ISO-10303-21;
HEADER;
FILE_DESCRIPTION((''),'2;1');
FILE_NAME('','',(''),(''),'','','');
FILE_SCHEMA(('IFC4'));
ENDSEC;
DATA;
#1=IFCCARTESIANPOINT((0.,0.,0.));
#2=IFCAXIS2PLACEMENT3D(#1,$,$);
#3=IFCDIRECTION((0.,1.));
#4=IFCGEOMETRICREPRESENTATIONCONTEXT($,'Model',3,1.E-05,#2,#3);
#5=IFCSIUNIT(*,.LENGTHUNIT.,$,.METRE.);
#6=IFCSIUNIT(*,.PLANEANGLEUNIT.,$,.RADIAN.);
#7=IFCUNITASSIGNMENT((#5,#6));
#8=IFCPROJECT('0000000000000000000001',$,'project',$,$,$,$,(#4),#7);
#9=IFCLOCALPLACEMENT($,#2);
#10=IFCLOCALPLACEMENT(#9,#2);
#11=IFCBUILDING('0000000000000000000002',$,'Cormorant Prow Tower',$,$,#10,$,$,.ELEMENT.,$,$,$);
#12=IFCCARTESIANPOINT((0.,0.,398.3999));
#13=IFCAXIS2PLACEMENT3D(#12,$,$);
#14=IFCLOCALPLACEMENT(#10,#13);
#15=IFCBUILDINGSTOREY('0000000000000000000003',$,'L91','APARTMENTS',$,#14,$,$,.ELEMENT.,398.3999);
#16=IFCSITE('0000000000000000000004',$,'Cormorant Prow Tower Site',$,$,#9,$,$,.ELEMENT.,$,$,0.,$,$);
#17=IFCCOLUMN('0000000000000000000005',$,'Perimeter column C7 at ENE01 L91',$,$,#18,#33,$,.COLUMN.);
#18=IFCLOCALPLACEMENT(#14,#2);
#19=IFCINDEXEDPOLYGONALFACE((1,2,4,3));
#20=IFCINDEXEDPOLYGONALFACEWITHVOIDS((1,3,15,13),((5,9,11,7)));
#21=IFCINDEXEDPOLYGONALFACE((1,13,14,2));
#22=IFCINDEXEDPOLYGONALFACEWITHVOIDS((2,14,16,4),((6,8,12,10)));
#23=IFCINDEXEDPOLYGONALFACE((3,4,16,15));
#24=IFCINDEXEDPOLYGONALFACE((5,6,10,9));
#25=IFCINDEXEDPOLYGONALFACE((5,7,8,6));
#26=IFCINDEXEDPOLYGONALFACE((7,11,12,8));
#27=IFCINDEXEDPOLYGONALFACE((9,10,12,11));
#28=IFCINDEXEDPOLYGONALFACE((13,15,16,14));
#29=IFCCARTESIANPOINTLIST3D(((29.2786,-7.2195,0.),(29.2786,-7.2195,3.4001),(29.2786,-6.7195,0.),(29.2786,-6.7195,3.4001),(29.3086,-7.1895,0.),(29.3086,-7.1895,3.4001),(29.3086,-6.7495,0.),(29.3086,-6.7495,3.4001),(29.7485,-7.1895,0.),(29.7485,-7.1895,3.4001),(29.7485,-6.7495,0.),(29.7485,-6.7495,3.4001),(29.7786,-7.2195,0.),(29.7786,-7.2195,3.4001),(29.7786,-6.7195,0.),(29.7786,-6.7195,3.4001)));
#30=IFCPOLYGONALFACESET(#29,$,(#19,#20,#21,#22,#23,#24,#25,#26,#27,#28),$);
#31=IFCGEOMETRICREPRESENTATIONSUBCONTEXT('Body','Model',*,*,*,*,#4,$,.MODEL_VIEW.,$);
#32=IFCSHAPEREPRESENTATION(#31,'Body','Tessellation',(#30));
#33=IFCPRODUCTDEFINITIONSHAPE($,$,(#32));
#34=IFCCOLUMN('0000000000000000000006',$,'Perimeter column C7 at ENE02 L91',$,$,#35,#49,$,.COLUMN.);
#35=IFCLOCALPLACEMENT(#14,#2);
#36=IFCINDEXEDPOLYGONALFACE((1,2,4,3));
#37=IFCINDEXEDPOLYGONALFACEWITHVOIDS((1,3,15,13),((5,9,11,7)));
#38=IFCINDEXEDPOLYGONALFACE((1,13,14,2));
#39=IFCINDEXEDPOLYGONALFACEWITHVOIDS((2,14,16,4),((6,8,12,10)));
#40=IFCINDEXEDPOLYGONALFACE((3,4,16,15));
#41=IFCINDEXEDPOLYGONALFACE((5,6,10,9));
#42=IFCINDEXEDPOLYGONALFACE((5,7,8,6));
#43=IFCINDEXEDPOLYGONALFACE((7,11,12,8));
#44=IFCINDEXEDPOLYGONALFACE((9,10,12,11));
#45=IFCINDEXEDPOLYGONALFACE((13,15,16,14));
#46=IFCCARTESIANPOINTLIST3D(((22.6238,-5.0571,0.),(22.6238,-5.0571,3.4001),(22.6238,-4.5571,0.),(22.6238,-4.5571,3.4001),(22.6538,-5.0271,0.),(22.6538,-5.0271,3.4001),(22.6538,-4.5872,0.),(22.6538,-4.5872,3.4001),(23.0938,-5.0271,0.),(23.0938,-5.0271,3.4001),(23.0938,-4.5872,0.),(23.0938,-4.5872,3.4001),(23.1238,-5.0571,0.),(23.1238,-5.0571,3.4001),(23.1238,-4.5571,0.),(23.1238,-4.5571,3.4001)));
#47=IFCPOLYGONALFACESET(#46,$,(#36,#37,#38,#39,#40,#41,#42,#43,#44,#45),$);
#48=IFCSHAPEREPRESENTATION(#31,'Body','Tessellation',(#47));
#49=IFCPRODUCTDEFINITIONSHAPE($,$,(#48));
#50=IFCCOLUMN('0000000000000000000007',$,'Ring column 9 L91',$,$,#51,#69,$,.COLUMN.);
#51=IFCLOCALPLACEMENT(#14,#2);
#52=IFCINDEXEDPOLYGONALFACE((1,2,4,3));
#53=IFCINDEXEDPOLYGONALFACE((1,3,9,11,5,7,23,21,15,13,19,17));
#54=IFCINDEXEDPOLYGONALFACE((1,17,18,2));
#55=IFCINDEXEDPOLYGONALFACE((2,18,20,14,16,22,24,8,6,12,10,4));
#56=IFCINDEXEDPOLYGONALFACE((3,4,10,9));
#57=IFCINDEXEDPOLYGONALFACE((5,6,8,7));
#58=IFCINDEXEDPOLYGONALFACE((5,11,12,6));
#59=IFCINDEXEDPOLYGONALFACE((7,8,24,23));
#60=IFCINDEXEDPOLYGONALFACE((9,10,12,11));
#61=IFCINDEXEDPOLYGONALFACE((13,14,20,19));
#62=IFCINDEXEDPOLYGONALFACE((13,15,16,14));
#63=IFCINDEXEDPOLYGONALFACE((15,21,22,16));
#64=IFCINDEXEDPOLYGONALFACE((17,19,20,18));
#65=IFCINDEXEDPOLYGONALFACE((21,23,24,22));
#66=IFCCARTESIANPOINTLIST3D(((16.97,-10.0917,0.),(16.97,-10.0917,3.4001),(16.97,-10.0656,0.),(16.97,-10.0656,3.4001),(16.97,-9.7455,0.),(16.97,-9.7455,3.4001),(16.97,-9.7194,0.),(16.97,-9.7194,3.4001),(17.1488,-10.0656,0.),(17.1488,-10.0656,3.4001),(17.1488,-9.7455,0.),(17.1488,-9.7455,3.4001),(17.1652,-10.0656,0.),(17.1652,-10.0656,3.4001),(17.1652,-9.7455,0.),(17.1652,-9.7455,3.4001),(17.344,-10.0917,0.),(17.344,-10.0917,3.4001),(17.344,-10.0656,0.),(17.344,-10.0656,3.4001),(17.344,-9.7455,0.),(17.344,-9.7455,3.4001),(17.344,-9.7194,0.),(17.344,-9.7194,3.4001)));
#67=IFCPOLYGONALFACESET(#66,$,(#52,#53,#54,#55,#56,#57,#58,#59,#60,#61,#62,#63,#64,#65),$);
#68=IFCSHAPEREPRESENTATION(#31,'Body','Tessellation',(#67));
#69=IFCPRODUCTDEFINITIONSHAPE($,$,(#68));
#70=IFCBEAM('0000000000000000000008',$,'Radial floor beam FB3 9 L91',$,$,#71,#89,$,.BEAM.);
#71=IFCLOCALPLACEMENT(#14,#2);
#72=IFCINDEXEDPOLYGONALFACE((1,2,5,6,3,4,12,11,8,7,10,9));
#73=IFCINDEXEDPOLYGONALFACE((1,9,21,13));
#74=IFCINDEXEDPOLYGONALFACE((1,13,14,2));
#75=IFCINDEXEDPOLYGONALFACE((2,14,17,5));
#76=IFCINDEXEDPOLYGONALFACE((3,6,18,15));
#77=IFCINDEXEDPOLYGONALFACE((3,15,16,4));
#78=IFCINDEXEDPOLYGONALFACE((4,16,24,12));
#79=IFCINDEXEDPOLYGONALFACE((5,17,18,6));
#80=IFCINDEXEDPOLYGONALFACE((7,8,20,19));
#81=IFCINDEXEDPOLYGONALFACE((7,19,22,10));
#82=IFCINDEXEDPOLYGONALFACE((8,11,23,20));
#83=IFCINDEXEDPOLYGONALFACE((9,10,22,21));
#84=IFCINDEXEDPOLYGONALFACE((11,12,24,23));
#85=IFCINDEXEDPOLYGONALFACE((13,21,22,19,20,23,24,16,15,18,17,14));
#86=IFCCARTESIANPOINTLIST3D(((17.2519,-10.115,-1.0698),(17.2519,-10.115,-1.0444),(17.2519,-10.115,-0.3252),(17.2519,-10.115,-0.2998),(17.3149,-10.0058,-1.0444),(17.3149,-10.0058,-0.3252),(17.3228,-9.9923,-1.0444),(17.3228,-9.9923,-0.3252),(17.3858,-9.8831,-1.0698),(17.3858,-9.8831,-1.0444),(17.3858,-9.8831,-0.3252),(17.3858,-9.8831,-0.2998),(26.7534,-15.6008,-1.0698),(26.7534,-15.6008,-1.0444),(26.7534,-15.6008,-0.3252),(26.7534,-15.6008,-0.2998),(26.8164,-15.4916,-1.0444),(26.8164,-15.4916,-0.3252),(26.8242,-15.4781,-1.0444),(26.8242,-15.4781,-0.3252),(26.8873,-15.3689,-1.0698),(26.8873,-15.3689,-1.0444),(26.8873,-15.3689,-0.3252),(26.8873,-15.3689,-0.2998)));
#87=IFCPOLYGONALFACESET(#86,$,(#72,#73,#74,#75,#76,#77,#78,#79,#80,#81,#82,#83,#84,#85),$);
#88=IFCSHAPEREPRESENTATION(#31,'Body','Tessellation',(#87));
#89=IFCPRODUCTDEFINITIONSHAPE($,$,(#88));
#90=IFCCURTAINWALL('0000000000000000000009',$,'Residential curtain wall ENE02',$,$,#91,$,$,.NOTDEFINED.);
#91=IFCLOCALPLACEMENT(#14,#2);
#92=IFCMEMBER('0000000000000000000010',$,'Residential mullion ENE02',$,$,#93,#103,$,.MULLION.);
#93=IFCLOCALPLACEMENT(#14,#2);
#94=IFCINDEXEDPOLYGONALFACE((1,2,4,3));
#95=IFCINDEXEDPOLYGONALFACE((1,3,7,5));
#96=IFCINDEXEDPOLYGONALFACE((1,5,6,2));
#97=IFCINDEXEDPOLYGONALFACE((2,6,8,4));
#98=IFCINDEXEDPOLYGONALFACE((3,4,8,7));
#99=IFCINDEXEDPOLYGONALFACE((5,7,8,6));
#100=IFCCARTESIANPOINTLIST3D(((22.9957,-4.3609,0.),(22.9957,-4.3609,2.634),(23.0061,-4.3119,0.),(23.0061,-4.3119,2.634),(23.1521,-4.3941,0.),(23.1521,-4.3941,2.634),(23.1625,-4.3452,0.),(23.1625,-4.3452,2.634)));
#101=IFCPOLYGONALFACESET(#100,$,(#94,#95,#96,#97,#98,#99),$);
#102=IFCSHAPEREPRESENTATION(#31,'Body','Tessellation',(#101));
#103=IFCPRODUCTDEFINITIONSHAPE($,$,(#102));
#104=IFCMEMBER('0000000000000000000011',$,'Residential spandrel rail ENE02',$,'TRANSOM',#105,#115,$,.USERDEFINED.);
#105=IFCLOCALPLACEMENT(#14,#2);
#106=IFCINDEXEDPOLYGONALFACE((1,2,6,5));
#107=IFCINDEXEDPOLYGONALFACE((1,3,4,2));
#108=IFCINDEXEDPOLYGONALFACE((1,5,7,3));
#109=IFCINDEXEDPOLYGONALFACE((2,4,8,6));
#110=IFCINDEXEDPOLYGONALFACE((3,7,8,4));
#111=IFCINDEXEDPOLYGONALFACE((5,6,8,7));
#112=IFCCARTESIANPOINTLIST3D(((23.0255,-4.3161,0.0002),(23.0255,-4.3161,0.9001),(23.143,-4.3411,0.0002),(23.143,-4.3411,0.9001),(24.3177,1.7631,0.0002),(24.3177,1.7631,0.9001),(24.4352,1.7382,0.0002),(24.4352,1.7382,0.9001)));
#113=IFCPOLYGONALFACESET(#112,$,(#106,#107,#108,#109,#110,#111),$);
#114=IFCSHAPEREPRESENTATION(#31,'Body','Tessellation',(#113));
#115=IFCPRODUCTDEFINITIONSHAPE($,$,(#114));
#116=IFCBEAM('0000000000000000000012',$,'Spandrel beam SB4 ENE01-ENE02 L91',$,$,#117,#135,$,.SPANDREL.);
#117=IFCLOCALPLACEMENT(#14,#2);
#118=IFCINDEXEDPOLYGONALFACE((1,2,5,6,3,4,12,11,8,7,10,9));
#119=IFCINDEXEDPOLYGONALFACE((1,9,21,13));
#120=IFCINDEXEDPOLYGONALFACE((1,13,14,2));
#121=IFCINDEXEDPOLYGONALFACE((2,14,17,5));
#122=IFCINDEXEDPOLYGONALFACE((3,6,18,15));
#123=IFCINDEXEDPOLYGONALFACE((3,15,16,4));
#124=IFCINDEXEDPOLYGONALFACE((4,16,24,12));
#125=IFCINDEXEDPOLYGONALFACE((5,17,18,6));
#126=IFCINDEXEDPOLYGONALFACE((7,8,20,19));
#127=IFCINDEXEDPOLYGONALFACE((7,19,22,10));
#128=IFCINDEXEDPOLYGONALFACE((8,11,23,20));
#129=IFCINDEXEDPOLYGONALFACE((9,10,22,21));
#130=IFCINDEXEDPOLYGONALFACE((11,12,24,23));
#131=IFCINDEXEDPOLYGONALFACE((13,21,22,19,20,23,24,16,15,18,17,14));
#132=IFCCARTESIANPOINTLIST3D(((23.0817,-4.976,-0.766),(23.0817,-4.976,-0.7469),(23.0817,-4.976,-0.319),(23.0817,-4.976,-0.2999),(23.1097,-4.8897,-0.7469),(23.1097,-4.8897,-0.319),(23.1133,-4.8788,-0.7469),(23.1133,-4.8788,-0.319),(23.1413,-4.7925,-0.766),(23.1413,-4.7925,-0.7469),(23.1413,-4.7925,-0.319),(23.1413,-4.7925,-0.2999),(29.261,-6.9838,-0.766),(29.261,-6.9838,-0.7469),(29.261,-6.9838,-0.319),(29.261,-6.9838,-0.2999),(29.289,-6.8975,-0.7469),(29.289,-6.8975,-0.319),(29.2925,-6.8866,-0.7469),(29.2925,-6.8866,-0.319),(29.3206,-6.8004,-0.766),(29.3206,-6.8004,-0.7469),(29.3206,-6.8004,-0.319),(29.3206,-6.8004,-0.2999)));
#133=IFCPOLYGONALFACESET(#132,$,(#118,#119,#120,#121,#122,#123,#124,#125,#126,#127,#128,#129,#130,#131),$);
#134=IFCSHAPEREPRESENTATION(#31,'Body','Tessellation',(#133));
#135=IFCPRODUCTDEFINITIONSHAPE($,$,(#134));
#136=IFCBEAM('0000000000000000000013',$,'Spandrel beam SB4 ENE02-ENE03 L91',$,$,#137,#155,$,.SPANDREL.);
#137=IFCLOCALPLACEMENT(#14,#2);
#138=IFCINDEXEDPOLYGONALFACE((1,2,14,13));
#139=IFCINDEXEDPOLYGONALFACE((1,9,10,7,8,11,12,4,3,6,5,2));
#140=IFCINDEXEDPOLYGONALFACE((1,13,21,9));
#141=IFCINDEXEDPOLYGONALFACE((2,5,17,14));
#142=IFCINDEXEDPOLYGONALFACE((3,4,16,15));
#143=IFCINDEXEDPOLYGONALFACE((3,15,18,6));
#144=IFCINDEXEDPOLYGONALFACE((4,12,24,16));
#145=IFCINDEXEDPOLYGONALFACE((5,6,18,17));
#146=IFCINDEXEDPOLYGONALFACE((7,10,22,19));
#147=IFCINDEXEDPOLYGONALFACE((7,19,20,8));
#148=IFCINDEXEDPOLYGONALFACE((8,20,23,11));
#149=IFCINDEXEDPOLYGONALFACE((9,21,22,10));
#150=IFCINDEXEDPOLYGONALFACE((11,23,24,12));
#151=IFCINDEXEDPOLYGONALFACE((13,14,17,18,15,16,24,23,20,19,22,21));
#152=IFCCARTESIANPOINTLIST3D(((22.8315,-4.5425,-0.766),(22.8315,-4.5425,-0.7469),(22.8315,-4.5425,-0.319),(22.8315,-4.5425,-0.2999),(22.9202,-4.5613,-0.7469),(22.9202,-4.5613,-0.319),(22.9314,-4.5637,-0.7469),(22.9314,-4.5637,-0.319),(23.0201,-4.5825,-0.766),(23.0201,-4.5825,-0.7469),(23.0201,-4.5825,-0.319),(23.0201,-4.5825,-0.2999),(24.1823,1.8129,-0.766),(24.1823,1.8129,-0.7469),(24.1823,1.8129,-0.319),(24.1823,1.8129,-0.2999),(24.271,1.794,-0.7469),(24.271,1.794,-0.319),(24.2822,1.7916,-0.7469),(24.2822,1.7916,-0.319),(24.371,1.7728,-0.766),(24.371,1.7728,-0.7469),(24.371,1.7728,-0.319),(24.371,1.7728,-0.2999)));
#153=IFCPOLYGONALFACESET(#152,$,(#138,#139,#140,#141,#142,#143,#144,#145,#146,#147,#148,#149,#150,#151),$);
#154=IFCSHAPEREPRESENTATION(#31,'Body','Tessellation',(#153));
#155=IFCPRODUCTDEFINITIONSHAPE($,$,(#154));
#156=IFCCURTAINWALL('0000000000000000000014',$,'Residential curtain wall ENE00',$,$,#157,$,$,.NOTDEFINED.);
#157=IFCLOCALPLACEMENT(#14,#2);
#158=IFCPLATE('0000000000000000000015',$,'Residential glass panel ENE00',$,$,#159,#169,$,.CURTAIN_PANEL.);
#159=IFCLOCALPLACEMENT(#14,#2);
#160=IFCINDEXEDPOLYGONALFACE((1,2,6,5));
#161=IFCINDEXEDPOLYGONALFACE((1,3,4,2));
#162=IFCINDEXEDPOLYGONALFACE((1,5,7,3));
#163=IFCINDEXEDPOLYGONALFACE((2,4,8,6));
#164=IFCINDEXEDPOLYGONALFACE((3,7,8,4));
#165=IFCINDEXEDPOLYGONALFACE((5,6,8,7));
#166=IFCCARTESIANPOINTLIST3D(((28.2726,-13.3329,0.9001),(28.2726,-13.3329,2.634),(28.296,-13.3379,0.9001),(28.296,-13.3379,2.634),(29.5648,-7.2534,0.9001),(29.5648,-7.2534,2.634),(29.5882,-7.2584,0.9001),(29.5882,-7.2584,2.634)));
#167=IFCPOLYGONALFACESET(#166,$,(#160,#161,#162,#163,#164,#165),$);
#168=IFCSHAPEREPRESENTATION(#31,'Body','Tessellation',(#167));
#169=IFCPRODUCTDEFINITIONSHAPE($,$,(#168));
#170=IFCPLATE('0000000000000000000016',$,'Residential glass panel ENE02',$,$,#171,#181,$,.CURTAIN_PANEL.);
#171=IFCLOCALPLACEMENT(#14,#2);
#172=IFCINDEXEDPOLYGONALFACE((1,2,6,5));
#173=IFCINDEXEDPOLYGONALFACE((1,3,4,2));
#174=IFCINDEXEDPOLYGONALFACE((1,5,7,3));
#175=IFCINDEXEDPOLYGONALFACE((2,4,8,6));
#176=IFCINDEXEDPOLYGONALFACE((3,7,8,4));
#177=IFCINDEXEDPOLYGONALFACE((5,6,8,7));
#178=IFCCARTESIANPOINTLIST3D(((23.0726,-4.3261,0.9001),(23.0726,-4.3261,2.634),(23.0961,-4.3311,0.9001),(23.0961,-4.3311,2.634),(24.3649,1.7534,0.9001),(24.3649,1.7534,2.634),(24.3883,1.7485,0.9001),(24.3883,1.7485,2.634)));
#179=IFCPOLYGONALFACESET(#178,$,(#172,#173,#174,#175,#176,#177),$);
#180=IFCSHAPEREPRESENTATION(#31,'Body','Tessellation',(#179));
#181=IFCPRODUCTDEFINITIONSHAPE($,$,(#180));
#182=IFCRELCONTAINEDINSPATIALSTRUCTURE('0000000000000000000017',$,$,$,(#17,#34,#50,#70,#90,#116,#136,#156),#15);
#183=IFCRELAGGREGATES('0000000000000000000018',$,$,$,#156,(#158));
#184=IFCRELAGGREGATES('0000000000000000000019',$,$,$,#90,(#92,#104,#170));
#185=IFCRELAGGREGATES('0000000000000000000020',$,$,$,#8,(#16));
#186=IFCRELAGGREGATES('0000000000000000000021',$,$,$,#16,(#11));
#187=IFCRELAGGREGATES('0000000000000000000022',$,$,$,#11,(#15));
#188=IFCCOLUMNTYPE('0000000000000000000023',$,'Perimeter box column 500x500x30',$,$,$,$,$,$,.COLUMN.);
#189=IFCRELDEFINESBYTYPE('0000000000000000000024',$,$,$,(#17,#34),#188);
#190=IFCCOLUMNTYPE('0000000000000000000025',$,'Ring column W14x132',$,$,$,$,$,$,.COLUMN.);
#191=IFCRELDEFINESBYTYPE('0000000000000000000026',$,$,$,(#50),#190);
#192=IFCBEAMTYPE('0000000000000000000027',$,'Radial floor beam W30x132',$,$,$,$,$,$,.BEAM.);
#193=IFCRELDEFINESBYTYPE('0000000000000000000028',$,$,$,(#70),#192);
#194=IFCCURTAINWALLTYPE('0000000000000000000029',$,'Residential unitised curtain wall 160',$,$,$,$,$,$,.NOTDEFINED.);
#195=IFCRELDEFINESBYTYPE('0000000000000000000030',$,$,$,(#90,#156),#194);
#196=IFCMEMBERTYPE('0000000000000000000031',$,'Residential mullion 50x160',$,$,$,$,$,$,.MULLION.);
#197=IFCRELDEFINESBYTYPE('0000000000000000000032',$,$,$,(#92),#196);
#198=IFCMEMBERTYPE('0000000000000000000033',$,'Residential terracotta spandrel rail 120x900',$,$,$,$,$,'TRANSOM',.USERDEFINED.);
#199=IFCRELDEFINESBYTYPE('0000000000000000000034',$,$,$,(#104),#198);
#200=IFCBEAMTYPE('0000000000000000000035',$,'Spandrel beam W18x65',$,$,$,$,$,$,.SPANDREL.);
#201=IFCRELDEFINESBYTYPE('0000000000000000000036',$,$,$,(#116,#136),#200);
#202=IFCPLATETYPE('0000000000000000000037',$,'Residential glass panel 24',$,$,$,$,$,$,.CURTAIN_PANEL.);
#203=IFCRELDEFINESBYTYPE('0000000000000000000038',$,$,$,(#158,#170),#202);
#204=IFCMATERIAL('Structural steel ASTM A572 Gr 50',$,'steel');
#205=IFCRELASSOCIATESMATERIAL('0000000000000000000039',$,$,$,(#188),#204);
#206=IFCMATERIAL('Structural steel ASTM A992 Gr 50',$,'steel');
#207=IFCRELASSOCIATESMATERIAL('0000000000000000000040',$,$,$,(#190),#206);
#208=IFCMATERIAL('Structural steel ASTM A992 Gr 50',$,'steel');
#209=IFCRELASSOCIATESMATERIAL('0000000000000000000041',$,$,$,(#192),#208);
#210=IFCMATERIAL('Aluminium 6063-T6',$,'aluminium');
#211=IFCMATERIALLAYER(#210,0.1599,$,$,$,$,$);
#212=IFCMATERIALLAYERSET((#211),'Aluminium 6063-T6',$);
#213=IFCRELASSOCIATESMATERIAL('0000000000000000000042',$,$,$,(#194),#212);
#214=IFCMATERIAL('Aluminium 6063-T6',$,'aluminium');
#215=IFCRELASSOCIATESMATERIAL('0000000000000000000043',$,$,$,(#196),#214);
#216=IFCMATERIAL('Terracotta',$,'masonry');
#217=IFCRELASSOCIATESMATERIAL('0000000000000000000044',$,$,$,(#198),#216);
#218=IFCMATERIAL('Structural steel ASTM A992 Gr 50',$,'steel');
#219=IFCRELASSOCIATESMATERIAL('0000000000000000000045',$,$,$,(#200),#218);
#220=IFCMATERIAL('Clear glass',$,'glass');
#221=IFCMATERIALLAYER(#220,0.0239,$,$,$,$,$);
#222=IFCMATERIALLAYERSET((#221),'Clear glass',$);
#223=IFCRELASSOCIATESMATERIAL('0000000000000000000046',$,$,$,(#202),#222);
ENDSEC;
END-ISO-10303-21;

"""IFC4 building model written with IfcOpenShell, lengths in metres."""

from ifc_helpers import new_model, si_unit, direction, frame, origin, origin_2d, place, context, subcontext, project, spatial, rectangle, hollow_rectangle, i_section, extrude, material, layer, layer_set, material_profile, profile_set, type_object, element, aggregate, save


model = new_model("IFC4")

# Units and contexts
model_context = context("Model", 3, precision=1e-05, world=origin(), true_north=direction((0.0, 1.0)))
body_context = subcontext(model_context, "Body", "Model", "MODEL_VIEW")
ifc_project = project(units=[si_unit("LENGTHUNIT", "METRE"), si_unit("PLANEANGLEUNIT", "RADIAN")], contexts=[model_context])

# Site, building, storey
site_placement = place(None, origin())
site = spatial("IfcSite", under=ifc_project, at=site_placement, Name="Cormorant Prow Tower Site", CompositionType="ELEMENT", RefElevation=0.0)
building_placement = place(site_placement, origin())
building = spatial("IfcBuilding", under=site, at=building_placement, Name="Cormorant Prow Tower", CompositionType="ELEMENT")
storey_placement = place(building_placement, frame((0.0, 0.0, 398.3999)))
storey = spatial("IfcBuildingStorey", under=building, at=storey_placement, Name="L91", Description="APARTMENTS", CompositionType="ELEMENT", Elevation=398.3999)

# Columns
ifc_material_1 = material(Name="Structural steel ASTM A572 Gr 50", Category="steel")
ifc_material_profile_1 = material_profile(ifc_material_1, hollow_rectangle(XDim=0.5, YDim=0.5, WallThickness=0.03, at=origin_2d()), Name="Box 500x500x30")
ifc_profile_set_1 = profile_set([ifc_material_profile_1], Name="Structural steel ASTM A572 Gr 50")
column_type_1 = type_object("IfcColumnType", Name="Perimeter box column 500x500x30", PredefinedType="COLUMN", material=ifc_profile_set_1)
for number, where, z_axis, x_axis, name in (
    (1, (29.5286, -6.9695, 0.0), (0.0, 0.0, 1.0), (1.0, 0.0, 0.0), "Perimeter column C7 at ENE01 L91"),
    (2, (22.8738, -4.8071, 0.0), (0.0, 0.0, 1.0), (1.0, 0.0, 0.0), "Perimeter column C7 at ENE02 L91"),
):
    element("IfcColumn", number, at=place(storey_placement, frame(where, z_axis=z_axis, x_axis=x_axis)), inside=storey, type_object=column_type_1, Name=name, PredefinedType="COLUMN", context=body_context, shape_type="SweptSolid", body=[
        extrude(hollow_rectangle(XDim=0.5, YDim=0.5, WallThickness=0.03, at=origin_2d()), origin(), (0.0, 0.0, 1.0), 3.4001),
    ])
ifc_material_2 = material(Name="Structural steel ASTM A992 Gr 50", Category="steel")
ifc_material_profile_2 = material_profile(ifc_material_2, i_section(OverallWidth=0.374, OverallDepth=0.3723, WebThickness=0.0164, FlangeThickness=0.0261, at=origin_2d()), Name="W14x132")
ifc_profile_set_2 = profile_set([ifc_material_profile_2], Name="Structural steel ASTM A992 Gr 50")
column_type_2 = type_object("IfcColumnType", Name="Ring column W14x132", PredefinedType="COLUMN", material=ifc_profile_set_2)
column_placement = place(storey_placement, frame((17.157, -9.9055, 0.0), z_axis=(0.0, 0.0, 1.0), x_axis=(1.0, 0.0, 0.0)))
element("IfcColumn", 3, at=column_placement, inside=storey, type_object=column_type_2, Name="Ring column 9 L91", PredefinedType="COLUMN", context=body_context, shape_type="SweptSolid", body=[
    extrude(i_section(OverallWidth=0.374, OverallDepth=0.3723, WebThickness=0.0164, FlangeThickness=0.0261, at=origin_2d()), origin(), (0.0, 0.0, 1.0), 3.4001),
])

# Beam
ifc_material_3 = material(Name="Structural steel ASTM A992 Gr 50", Category="steel")
ifc_material_profile_3 = material_profile(ifc_material_3, i_section(OverallWidth=0.2678, OverallDepth=0.77, WebThickness=0.0156, FlangeThickness=0.0254, at=origin_2d()), Name="W30x132")
ifc_profile_set_3 = profile_set([ifc_material_profile_3], Name="Structural steel ASTM A992 Gr 50")
beam_type_1 = type_object("IfcBeamType", Name="Radial floor beam W30x132", PredefinedType="BEAM", material=ifc_profile_set_3)
beam_placement = place(storey_placement, frame((17.3188, -9.999, -0.6848), z_axis=(0.866019, -0.500011, 0.0), x_axis=(0.500011, 0.866019, 0.0)))
element("IfcBeam", 4, at=beam_placement, inside=storey, type_object=beam_type_1, Name="Radial floor beam FB3 9 L91", PredefinedType="BEAM", context=body_context, shape_type="SweptSolid", body=[
    extrude(i_section(OverallWidth=0.2678, OverallDepth=0.77, WebThickness=0.0156, FlangeThickness=0.0254, at=origin_2d()), origin(), (0.0, 0.0, 1.0), 10.9714),
])

# Curtain wall, members
ifc_material_4 = material(Name="Aluminium 6063-T6", Category="aluminium")
ifc_layer_1 = layer(ifc_material_4, 0.1599)
ifc_layer_set_1 = layer_set([ifc_layer_1], Name="Aluminium 6063-T6")
curtain_wall_type = type_object("IfcCurtainWallType", Name="Residential unitised curtain wall 160", PredefinedType="NOTDEFINED", material=ifc_layer_set_1)
curtain_wall_1_placement = place(storey_placement, origin())
curtain_wall_1 = element("IfcCurtainWall", 5, at=curtain_wall_1_placement, inside=storey, type_object=curtain_wall_type, Name="Residential curtain wall ENE02", PredefinedType="NOTDEFINED")
ifc_material_5 = material(Name="Aluminium 6063-T6", Category="aluminium")
ifc_material_profile_4 = material_profile(ifc_material_5, rectangle(XDim=0.1599, YDim=0.05, at=origin_2d()), Name="Residential mullion 50x160")
ifc_profile_set_4 = profile_set([ifc_material_profile_4], Name="Aluminium 6063-T6")
member_type_1 = type_object("IfcMemberType", Name="Residential mullion 50x160", PredefinedType="MULLION", material=ifc_profile_set_4)
member_1_placement = place(storey_placement, frame((23.0791, -4.353, 0.0), z_axis=(0.0, 0.0, 1.0), x_axis=(-0.978148, 0.207912, 0.0)))
member_1 = element("IfcMember", 6, at=member_1_placement, type_object=member_type_1, Name="Residential mullion ENE02", PredefinedType="MULLION", context=body_context, shape_type="SweptSolid", body=[
    extrude(rectangle(XDim=0.1599, YDim=0.05, at=origin_2d()), origin(), (0.0, 0.0, 1.0), 2.634),
])
ifc_material_6 = material(Name="Terracotta", Category="masonry")
ifc_material_profile_5 = material_profile(ifc_material_6, rectangle(XDim=0.1201, YDim=0.8999, at=origin_2d()), Name="Residential terracotta spandrel rail 120x900")
ifc_profile_set_5 = profile_set([ifc_material_profile_5], Name="Terracotta")
member_type_2 = type_object("IfcMemberType", Name="Residential terracotta spandrel rail 120x900", ElementType="TRANSOM", PredefinedType="USERDEFINED", material=ifc_profile_set_5)
member_2_placement = place(storey_placement, frame((23.0842, -4.3286, 0.4502), z_axis=(0.207917, 0.978147, 0.0), x_axis=(-0.978147, 0.207917, 0.0)))
member_2 = element("IfcMember", 7, at=member_2_placement, type_object=member_type_2, Name="Residential spandrel rail ENE02", ObjectType="TRANSOM", PredefinedType="USERDEFINED", context=body_context, shape_type="SweptSolid", body=[
    extrude(rectangle(XDim=0.1201, YDim=0.8999, at=origin_2d()), origin(), (0.0, 0.0, 1.0), 6.2151),
])

# Beams
ifc_material_7 = material(Name="Structural steel ASTM A992 Gr 50", Category="steel")
ifc_material_profile_6 = material_profile(ifc_material_7, i_section(OverallWidth=0.1929, OverallDepth=0.4661, WebThickness=0.0115, FlangeThickness=0.019, at=origin_2d()), Name="W18x65")
ifc_profile_set_6 = profile_set([ifc_material_profile_6], Name="Structural steel ASTM A992 Gr 50")
beam_type_2 = type_object("IfcBeamType", Name="Spandrel beam W18x65", PredefinedType="SPANDREL", material=ifc_profile_set_6)
for number, where, z_axis, x_axis, name in (
    (8, (29.2908, -6.8921, -0.533), (-0.951053, 0.309027, 0.0), (-0.309027, -0.951053, 0.0), "Spandrel beam SB4 ENE01-ENE02 L91"),
    (9, (22.9258, -4.5625, -0.533), (0.20791, 0.978148, 0.0), (-0.978148, 0.20791, 0.0), "Spandrel beam SB4 ENE02-ENE03 L91"),
):
    element("IfcBeam", number, at=place(storey_placement, frame(where, z_axis=z_axis, x_axis=x_axis)), inside=storey, type_object=beam_type_2, Name=name, PredefinedType="SPANDREL", context=body_context, shape_type="SweptSolid", body=[
        extrude(i_section(OverallWidth=0.1929, OverallDepth=0.4661, WebThickness=0.0115, FlangeThickness=0.019, at=origin_2d()), origin(), (0.0, 0.0, 1.0), 6.4973),
    ])

# Curtain wall, plate
curtain_wall_2_placement = place(storey_placement, origin())
curtain_wall_2 = element("IfcCurtainWall", 10, at=curtain_wall_2_placement, inside=storey, type_object=curtain_wall_type, Name="Residential curtain wall ENE00", PredefinedType="NOTDEFINED")
ifc_material_8 = material(Name="Clear glass", Category="glass")
ifc_layer_2 = layer(ifc_material_8, 0.0239)
ifc_layer_set_2 = layer_set([ifc_layer_2], Name="Clear glass")
plate_type = type_object("IfcPlateType", Name="Residential glass panel 24", PredefinedType="CURTAIN_PANEL", material=ifc_layer_set_2)
plate_1_placement = place(storey_placement, frame((28.9304, -10.2957, 0.9001), z_axis=(0.0, 0.0, 1.0), x_axis=(0.207912, 0.978148, 0.0)))
plate_1 = element("IfcPlate", 11, at=plate_1_placement, type_object=plate_type, Name="Residential glass panel ENE00", PredefinedType="CURTAIN_PANEL", context=body_context, shape_type="SweptSolid", body=[
    extrude(rectangle(XDim=6.2153, YDim=0.0239, at=origin_2d()), origin(), (0.0, 0.0, 1.0), 1.7339),
])
aggregate(curtain_wall_2, [plate_1])

# Plate
plate_2_placement = place(storey_placement, frame((23.7305, -1.2888, 0.9001), z_axis=(0.0, 0.0, 1.0), x_axis=(0.207912, 0.978148, 0.0)))
plate_2 = element("IfcPlate", 12, at=plate_2_placement, type_object=plate_type, Name="Residential glass panel ENE02", PredefinedType="CURTAIN_PANEL", context=body_context, shape_type="SweptSolid", body=[
    extrude(rectangle(XDim=6.2153, YDim=0.0239, at=origin_2d()), origin(), (0.0, 0.0, 1.0), 1.7339),
])
aggregate(curtain_wall_1, [member_1, member_2, plate_2])

save(model, "model.ifc")
